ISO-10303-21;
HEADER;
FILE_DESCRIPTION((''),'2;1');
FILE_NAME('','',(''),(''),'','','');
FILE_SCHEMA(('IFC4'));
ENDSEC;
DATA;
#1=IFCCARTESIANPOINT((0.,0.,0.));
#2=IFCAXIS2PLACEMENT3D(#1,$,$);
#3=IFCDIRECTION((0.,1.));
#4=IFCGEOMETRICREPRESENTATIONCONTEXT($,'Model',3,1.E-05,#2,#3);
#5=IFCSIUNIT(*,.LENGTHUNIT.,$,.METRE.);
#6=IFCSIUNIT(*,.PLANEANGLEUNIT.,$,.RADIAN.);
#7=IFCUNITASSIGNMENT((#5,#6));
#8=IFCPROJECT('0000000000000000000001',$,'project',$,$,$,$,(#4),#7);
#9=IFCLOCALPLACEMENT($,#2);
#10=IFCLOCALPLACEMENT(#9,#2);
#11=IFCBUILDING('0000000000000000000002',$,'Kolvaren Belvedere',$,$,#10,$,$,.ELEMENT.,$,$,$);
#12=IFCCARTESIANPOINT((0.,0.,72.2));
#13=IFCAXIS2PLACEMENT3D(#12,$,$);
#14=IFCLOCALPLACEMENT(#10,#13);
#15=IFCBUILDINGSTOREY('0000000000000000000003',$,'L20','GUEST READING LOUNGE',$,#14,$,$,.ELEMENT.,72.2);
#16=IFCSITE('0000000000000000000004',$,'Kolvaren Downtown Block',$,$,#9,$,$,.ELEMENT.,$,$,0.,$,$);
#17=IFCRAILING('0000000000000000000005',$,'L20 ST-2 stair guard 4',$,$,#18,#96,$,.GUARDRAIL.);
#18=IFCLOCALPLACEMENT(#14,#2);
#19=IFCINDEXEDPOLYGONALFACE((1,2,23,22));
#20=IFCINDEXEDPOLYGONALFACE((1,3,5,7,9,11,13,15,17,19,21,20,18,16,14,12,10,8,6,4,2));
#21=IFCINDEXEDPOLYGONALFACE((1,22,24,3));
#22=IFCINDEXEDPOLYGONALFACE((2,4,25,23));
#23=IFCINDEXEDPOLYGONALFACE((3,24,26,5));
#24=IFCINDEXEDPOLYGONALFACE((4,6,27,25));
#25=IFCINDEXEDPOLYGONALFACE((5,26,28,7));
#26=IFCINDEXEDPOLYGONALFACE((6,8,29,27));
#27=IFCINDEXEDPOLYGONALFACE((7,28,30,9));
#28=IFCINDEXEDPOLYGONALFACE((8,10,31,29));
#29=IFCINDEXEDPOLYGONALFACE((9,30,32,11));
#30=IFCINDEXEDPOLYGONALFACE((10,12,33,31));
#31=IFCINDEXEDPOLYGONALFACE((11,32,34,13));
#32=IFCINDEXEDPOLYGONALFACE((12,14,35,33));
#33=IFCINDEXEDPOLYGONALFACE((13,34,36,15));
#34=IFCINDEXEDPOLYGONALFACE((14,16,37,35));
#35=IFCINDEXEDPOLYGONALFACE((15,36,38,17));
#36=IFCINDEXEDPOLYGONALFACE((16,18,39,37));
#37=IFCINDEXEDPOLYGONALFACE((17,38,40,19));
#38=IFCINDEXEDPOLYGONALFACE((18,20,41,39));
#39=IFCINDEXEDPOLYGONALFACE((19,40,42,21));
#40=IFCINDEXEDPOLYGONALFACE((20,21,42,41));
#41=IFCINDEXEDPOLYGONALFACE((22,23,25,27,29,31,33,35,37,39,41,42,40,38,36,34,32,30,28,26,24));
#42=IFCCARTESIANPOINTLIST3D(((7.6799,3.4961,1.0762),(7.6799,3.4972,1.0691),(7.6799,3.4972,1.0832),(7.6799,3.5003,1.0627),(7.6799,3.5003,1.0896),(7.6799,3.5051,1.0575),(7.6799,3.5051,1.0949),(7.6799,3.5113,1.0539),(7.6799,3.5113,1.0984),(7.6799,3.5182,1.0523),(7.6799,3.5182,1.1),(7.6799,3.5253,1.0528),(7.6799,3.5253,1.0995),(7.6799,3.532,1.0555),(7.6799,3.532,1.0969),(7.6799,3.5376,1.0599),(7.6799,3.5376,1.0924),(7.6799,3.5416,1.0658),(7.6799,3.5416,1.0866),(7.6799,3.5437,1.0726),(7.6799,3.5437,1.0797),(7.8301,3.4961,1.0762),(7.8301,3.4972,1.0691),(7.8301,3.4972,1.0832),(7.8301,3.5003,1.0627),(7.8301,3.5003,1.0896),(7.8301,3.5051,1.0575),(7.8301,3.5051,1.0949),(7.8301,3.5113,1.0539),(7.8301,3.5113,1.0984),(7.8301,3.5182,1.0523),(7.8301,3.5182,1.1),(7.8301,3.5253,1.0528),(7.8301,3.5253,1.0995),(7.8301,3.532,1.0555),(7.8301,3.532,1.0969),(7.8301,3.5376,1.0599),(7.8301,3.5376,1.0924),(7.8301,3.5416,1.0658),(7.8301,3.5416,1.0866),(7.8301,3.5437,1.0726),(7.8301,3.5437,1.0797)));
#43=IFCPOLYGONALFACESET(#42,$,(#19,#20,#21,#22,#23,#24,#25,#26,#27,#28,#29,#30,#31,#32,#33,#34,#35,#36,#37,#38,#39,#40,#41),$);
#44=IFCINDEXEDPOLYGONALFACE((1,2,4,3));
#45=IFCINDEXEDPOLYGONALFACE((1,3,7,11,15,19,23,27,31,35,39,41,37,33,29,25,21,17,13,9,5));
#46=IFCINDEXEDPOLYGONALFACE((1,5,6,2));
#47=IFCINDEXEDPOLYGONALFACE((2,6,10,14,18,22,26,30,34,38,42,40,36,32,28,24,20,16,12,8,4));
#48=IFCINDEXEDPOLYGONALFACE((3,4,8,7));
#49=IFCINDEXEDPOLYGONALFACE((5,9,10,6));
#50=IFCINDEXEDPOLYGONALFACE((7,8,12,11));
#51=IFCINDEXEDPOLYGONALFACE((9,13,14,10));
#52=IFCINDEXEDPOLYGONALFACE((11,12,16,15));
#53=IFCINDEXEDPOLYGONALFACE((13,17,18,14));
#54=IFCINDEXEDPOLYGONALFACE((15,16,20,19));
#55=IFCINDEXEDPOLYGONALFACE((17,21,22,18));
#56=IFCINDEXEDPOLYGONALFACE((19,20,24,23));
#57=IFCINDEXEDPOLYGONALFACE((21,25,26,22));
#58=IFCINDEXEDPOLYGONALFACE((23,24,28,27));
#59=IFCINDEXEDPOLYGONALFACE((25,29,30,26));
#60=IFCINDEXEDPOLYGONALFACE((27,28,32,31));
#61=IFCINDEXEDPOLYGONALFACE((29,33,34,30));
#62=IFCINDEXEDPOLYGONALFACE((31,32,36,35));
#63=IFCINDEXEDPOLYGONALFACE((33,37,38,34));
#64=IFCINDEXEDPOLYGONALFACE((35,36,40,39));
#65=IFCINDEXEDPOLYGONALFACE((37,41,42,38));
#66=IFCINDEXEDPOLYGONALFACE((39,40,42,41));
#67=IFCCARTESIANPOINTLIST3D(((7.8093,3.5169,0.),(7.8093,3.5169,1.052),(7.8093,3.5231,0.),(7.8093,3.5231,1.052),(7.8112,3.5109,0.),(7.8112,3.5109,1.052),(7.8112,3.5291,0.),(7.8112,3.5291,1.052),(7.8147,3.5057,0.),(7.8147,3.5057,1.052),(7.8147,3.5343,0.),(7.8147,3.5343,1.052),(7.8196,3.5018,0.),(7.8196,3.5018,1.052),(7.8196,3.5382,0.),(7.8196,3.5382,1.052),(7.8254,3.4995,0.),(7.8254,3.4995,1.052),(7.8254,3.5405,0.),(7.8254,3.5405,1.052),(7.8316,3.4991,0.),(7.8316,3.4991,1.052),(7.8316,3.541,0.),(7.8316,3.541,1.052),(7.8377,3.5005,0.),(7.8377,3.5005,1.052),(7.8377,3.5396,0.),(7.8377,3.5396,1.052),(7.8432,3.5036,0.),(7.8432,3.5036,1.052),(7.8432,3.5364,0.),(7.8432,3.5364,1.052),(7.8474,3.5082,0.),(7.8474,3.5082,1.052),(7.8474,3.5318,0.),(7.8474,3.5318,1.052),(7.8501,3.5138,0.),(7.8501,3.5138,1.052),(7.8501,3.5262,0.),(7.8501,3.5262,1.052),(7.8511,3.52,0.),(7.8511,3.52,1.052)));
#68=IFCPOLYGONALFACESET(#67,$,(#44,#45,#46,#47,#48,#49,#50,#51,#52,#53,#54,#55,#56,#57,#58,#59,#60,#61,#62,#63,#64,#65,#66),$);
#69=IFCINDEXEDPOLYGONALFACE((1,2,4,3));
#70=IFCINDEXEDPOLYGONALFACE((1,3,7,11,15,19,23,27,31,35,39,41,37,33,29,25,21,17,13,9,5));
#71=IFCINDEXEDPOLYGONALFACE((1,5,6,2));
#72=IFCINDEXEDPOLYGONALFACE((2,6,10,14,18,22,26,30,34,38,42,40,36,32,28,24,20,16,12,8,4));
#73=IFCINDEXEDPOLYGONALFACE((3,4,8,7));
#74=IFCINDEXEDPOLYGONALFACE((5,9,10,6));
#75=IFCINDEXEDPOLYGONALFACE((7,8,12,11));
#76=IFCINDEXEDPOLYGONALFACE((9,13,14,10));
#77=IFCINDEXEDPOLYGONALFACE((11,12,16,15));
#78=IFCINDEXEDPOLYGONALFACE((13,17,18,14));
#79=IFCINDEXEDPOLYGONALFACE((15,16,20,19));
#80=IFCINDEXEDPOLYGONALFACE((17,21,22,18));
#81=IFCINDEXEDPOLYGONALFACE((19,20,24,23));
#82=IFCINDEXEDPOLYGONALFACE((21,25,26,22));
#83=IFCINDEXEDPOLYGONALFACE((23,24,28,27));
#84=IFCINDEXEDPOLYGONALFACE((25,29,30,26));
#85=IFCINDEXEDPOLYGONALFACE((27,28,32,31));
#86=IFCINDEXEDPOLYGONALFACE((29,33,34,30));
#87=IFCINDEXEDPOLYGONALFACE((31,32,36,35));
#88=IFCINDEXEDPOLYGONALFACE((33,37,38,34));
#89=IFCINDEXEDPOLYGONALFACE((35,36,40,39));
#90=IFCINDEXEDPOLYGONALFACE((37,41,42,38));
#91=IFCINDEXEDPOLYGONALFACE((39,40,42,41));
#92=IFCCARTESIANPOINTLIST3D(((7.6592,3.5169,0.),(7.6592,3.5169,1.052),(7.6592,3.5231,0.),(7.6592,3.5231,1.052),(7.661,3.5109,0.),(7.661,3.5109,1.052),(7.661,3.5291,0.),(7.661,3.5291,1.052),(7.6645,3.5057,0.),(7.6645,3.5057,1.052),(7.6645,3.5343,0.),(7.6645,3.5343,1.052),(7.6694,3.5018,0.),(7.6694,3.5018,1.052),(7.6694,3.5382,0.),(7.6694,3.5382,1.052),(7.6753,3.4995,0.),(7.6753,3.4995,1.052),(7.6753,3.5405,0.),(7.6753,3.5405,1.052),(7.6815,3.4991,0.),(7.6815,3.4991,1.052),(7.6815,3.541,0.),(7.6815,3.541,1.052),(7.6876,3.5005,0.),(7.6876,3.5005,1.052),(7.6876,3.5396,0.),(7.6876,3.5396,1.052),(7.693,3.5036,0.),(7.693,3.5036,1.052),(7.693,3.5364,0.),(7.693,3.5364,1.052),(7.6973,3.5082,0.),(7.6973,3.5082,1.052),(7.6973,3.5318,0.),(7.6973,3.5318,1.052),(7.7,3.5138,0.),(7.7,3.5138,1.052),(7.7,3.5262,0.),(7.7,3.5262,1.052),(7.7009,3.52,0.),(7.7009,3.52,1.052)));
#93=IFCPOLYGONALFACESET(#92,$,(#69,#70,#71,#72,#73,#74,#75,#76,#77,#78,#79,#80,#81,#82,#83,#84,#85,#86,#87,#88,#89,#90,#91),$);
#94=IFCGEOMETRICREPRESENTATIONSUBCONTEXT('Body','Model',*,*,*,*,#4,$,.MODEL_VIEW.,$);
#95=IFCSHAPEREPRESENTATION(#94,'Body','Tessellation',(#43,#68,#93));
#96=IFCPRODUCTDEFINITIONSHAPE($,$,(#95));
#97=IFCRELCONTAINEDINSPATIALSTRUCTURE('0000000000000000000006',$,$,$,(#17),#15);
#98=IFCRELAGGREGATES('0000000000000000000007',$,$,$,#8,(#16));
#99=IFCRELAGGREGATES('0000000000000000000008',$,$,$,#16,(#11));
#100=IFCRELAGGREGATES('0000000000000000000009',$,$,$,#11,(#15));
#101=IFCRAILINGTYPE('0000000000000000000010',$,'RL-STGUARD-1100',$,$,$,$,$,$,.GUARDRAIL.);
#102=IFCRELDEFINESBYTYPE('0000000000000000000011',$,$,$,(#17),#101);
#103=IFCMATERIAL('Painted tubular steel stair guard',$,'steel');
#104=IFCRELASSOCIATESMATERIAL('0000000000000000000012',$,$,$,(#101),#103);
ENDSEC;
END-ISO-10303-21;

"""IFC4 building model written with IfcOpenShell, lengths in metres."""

from ifc_helpers import new_model, si_unit, direction, frame, origin, origin_2d, place, context, subcontext, project, spatial, circle, extrude, material, type_object, element, save


model = new_model("IFC4")

# Units and contexts
model_context = context("Model", 3, precision=1e-05, world=origin(), true_north=direction((0.0, 1.0)))
body_context = subcontext(model_context, "Body", "Model", "MODEL_VIEW")
ifc_project = project(units=[si_unit("LENGTHUNIT", "METRE"), si_unit("PLANEANGLEUNIT", "RADIAN")], contexts=[model_context])

# Site, building, storey
site_placement = place(None, origin())
site = spatial("IfcSite", under=ifc_project, at=site_placement, Name="Kolvaren Downtown Block", CompositionType="ELEMENT", RefElevation=0.0)
building_placement = place(site_placement, origin())
building = spatial("IfcBuilding", under=site, at=building_placement, Name="Kolvaren Belvedere", CompositionType="ELEMENT")
storey_placement = place(building_placement, frame((0.0, 0.0, 72.2)))
storey = spatial("IfcBuildingStorey", under=building, at=storey_placement, Name="L20", Description="GUEST READING LOUNGE", CompositionType="ELEMENT", Elevation=72.2)

# Railing
ifc_material_1 = material(Name="Painted tubular steel stair guard", Category="steel")
railing_type_1 = type_object("IfcRailingType", Name="RL-STGUARD-1100", PredefinedType="GUARDRAIL", material=ifc_material_1)
railing_1_placement = place(storey_placement, frame((7.8301, 3.52, 0.0)))
element("IfcRailing", 1, at=railing_1_placement, inside=storey, type_object=railing_type_1, Name="L20 ST-2 stair guard 4", PredefinedType="GUARDRAIL", context=body_context, shape_type="SweptSolid", body=[
    extrude(circle(Radius=0.0239, at=origin_2d()), frame((0.0, 0.0, 1.0762), z_axis=(-1.0, 0.0, 0.0), x_axis=(0.0, -1.0, 0.0)), (0.0, 0.0, 1.0), 0.1501),
    extrude(circle(Radius=0.021, at=origin_2d()), origin(), (0.0, 0.0, 1.0), 1.052),
    extrude(circle(Radius=0.021, at=origin_2d()), frame((-0.1501, 0.0, 0.0)), (0.0, 0.0, 1.0), 1.052),
])

save(model, "model.ifc")
